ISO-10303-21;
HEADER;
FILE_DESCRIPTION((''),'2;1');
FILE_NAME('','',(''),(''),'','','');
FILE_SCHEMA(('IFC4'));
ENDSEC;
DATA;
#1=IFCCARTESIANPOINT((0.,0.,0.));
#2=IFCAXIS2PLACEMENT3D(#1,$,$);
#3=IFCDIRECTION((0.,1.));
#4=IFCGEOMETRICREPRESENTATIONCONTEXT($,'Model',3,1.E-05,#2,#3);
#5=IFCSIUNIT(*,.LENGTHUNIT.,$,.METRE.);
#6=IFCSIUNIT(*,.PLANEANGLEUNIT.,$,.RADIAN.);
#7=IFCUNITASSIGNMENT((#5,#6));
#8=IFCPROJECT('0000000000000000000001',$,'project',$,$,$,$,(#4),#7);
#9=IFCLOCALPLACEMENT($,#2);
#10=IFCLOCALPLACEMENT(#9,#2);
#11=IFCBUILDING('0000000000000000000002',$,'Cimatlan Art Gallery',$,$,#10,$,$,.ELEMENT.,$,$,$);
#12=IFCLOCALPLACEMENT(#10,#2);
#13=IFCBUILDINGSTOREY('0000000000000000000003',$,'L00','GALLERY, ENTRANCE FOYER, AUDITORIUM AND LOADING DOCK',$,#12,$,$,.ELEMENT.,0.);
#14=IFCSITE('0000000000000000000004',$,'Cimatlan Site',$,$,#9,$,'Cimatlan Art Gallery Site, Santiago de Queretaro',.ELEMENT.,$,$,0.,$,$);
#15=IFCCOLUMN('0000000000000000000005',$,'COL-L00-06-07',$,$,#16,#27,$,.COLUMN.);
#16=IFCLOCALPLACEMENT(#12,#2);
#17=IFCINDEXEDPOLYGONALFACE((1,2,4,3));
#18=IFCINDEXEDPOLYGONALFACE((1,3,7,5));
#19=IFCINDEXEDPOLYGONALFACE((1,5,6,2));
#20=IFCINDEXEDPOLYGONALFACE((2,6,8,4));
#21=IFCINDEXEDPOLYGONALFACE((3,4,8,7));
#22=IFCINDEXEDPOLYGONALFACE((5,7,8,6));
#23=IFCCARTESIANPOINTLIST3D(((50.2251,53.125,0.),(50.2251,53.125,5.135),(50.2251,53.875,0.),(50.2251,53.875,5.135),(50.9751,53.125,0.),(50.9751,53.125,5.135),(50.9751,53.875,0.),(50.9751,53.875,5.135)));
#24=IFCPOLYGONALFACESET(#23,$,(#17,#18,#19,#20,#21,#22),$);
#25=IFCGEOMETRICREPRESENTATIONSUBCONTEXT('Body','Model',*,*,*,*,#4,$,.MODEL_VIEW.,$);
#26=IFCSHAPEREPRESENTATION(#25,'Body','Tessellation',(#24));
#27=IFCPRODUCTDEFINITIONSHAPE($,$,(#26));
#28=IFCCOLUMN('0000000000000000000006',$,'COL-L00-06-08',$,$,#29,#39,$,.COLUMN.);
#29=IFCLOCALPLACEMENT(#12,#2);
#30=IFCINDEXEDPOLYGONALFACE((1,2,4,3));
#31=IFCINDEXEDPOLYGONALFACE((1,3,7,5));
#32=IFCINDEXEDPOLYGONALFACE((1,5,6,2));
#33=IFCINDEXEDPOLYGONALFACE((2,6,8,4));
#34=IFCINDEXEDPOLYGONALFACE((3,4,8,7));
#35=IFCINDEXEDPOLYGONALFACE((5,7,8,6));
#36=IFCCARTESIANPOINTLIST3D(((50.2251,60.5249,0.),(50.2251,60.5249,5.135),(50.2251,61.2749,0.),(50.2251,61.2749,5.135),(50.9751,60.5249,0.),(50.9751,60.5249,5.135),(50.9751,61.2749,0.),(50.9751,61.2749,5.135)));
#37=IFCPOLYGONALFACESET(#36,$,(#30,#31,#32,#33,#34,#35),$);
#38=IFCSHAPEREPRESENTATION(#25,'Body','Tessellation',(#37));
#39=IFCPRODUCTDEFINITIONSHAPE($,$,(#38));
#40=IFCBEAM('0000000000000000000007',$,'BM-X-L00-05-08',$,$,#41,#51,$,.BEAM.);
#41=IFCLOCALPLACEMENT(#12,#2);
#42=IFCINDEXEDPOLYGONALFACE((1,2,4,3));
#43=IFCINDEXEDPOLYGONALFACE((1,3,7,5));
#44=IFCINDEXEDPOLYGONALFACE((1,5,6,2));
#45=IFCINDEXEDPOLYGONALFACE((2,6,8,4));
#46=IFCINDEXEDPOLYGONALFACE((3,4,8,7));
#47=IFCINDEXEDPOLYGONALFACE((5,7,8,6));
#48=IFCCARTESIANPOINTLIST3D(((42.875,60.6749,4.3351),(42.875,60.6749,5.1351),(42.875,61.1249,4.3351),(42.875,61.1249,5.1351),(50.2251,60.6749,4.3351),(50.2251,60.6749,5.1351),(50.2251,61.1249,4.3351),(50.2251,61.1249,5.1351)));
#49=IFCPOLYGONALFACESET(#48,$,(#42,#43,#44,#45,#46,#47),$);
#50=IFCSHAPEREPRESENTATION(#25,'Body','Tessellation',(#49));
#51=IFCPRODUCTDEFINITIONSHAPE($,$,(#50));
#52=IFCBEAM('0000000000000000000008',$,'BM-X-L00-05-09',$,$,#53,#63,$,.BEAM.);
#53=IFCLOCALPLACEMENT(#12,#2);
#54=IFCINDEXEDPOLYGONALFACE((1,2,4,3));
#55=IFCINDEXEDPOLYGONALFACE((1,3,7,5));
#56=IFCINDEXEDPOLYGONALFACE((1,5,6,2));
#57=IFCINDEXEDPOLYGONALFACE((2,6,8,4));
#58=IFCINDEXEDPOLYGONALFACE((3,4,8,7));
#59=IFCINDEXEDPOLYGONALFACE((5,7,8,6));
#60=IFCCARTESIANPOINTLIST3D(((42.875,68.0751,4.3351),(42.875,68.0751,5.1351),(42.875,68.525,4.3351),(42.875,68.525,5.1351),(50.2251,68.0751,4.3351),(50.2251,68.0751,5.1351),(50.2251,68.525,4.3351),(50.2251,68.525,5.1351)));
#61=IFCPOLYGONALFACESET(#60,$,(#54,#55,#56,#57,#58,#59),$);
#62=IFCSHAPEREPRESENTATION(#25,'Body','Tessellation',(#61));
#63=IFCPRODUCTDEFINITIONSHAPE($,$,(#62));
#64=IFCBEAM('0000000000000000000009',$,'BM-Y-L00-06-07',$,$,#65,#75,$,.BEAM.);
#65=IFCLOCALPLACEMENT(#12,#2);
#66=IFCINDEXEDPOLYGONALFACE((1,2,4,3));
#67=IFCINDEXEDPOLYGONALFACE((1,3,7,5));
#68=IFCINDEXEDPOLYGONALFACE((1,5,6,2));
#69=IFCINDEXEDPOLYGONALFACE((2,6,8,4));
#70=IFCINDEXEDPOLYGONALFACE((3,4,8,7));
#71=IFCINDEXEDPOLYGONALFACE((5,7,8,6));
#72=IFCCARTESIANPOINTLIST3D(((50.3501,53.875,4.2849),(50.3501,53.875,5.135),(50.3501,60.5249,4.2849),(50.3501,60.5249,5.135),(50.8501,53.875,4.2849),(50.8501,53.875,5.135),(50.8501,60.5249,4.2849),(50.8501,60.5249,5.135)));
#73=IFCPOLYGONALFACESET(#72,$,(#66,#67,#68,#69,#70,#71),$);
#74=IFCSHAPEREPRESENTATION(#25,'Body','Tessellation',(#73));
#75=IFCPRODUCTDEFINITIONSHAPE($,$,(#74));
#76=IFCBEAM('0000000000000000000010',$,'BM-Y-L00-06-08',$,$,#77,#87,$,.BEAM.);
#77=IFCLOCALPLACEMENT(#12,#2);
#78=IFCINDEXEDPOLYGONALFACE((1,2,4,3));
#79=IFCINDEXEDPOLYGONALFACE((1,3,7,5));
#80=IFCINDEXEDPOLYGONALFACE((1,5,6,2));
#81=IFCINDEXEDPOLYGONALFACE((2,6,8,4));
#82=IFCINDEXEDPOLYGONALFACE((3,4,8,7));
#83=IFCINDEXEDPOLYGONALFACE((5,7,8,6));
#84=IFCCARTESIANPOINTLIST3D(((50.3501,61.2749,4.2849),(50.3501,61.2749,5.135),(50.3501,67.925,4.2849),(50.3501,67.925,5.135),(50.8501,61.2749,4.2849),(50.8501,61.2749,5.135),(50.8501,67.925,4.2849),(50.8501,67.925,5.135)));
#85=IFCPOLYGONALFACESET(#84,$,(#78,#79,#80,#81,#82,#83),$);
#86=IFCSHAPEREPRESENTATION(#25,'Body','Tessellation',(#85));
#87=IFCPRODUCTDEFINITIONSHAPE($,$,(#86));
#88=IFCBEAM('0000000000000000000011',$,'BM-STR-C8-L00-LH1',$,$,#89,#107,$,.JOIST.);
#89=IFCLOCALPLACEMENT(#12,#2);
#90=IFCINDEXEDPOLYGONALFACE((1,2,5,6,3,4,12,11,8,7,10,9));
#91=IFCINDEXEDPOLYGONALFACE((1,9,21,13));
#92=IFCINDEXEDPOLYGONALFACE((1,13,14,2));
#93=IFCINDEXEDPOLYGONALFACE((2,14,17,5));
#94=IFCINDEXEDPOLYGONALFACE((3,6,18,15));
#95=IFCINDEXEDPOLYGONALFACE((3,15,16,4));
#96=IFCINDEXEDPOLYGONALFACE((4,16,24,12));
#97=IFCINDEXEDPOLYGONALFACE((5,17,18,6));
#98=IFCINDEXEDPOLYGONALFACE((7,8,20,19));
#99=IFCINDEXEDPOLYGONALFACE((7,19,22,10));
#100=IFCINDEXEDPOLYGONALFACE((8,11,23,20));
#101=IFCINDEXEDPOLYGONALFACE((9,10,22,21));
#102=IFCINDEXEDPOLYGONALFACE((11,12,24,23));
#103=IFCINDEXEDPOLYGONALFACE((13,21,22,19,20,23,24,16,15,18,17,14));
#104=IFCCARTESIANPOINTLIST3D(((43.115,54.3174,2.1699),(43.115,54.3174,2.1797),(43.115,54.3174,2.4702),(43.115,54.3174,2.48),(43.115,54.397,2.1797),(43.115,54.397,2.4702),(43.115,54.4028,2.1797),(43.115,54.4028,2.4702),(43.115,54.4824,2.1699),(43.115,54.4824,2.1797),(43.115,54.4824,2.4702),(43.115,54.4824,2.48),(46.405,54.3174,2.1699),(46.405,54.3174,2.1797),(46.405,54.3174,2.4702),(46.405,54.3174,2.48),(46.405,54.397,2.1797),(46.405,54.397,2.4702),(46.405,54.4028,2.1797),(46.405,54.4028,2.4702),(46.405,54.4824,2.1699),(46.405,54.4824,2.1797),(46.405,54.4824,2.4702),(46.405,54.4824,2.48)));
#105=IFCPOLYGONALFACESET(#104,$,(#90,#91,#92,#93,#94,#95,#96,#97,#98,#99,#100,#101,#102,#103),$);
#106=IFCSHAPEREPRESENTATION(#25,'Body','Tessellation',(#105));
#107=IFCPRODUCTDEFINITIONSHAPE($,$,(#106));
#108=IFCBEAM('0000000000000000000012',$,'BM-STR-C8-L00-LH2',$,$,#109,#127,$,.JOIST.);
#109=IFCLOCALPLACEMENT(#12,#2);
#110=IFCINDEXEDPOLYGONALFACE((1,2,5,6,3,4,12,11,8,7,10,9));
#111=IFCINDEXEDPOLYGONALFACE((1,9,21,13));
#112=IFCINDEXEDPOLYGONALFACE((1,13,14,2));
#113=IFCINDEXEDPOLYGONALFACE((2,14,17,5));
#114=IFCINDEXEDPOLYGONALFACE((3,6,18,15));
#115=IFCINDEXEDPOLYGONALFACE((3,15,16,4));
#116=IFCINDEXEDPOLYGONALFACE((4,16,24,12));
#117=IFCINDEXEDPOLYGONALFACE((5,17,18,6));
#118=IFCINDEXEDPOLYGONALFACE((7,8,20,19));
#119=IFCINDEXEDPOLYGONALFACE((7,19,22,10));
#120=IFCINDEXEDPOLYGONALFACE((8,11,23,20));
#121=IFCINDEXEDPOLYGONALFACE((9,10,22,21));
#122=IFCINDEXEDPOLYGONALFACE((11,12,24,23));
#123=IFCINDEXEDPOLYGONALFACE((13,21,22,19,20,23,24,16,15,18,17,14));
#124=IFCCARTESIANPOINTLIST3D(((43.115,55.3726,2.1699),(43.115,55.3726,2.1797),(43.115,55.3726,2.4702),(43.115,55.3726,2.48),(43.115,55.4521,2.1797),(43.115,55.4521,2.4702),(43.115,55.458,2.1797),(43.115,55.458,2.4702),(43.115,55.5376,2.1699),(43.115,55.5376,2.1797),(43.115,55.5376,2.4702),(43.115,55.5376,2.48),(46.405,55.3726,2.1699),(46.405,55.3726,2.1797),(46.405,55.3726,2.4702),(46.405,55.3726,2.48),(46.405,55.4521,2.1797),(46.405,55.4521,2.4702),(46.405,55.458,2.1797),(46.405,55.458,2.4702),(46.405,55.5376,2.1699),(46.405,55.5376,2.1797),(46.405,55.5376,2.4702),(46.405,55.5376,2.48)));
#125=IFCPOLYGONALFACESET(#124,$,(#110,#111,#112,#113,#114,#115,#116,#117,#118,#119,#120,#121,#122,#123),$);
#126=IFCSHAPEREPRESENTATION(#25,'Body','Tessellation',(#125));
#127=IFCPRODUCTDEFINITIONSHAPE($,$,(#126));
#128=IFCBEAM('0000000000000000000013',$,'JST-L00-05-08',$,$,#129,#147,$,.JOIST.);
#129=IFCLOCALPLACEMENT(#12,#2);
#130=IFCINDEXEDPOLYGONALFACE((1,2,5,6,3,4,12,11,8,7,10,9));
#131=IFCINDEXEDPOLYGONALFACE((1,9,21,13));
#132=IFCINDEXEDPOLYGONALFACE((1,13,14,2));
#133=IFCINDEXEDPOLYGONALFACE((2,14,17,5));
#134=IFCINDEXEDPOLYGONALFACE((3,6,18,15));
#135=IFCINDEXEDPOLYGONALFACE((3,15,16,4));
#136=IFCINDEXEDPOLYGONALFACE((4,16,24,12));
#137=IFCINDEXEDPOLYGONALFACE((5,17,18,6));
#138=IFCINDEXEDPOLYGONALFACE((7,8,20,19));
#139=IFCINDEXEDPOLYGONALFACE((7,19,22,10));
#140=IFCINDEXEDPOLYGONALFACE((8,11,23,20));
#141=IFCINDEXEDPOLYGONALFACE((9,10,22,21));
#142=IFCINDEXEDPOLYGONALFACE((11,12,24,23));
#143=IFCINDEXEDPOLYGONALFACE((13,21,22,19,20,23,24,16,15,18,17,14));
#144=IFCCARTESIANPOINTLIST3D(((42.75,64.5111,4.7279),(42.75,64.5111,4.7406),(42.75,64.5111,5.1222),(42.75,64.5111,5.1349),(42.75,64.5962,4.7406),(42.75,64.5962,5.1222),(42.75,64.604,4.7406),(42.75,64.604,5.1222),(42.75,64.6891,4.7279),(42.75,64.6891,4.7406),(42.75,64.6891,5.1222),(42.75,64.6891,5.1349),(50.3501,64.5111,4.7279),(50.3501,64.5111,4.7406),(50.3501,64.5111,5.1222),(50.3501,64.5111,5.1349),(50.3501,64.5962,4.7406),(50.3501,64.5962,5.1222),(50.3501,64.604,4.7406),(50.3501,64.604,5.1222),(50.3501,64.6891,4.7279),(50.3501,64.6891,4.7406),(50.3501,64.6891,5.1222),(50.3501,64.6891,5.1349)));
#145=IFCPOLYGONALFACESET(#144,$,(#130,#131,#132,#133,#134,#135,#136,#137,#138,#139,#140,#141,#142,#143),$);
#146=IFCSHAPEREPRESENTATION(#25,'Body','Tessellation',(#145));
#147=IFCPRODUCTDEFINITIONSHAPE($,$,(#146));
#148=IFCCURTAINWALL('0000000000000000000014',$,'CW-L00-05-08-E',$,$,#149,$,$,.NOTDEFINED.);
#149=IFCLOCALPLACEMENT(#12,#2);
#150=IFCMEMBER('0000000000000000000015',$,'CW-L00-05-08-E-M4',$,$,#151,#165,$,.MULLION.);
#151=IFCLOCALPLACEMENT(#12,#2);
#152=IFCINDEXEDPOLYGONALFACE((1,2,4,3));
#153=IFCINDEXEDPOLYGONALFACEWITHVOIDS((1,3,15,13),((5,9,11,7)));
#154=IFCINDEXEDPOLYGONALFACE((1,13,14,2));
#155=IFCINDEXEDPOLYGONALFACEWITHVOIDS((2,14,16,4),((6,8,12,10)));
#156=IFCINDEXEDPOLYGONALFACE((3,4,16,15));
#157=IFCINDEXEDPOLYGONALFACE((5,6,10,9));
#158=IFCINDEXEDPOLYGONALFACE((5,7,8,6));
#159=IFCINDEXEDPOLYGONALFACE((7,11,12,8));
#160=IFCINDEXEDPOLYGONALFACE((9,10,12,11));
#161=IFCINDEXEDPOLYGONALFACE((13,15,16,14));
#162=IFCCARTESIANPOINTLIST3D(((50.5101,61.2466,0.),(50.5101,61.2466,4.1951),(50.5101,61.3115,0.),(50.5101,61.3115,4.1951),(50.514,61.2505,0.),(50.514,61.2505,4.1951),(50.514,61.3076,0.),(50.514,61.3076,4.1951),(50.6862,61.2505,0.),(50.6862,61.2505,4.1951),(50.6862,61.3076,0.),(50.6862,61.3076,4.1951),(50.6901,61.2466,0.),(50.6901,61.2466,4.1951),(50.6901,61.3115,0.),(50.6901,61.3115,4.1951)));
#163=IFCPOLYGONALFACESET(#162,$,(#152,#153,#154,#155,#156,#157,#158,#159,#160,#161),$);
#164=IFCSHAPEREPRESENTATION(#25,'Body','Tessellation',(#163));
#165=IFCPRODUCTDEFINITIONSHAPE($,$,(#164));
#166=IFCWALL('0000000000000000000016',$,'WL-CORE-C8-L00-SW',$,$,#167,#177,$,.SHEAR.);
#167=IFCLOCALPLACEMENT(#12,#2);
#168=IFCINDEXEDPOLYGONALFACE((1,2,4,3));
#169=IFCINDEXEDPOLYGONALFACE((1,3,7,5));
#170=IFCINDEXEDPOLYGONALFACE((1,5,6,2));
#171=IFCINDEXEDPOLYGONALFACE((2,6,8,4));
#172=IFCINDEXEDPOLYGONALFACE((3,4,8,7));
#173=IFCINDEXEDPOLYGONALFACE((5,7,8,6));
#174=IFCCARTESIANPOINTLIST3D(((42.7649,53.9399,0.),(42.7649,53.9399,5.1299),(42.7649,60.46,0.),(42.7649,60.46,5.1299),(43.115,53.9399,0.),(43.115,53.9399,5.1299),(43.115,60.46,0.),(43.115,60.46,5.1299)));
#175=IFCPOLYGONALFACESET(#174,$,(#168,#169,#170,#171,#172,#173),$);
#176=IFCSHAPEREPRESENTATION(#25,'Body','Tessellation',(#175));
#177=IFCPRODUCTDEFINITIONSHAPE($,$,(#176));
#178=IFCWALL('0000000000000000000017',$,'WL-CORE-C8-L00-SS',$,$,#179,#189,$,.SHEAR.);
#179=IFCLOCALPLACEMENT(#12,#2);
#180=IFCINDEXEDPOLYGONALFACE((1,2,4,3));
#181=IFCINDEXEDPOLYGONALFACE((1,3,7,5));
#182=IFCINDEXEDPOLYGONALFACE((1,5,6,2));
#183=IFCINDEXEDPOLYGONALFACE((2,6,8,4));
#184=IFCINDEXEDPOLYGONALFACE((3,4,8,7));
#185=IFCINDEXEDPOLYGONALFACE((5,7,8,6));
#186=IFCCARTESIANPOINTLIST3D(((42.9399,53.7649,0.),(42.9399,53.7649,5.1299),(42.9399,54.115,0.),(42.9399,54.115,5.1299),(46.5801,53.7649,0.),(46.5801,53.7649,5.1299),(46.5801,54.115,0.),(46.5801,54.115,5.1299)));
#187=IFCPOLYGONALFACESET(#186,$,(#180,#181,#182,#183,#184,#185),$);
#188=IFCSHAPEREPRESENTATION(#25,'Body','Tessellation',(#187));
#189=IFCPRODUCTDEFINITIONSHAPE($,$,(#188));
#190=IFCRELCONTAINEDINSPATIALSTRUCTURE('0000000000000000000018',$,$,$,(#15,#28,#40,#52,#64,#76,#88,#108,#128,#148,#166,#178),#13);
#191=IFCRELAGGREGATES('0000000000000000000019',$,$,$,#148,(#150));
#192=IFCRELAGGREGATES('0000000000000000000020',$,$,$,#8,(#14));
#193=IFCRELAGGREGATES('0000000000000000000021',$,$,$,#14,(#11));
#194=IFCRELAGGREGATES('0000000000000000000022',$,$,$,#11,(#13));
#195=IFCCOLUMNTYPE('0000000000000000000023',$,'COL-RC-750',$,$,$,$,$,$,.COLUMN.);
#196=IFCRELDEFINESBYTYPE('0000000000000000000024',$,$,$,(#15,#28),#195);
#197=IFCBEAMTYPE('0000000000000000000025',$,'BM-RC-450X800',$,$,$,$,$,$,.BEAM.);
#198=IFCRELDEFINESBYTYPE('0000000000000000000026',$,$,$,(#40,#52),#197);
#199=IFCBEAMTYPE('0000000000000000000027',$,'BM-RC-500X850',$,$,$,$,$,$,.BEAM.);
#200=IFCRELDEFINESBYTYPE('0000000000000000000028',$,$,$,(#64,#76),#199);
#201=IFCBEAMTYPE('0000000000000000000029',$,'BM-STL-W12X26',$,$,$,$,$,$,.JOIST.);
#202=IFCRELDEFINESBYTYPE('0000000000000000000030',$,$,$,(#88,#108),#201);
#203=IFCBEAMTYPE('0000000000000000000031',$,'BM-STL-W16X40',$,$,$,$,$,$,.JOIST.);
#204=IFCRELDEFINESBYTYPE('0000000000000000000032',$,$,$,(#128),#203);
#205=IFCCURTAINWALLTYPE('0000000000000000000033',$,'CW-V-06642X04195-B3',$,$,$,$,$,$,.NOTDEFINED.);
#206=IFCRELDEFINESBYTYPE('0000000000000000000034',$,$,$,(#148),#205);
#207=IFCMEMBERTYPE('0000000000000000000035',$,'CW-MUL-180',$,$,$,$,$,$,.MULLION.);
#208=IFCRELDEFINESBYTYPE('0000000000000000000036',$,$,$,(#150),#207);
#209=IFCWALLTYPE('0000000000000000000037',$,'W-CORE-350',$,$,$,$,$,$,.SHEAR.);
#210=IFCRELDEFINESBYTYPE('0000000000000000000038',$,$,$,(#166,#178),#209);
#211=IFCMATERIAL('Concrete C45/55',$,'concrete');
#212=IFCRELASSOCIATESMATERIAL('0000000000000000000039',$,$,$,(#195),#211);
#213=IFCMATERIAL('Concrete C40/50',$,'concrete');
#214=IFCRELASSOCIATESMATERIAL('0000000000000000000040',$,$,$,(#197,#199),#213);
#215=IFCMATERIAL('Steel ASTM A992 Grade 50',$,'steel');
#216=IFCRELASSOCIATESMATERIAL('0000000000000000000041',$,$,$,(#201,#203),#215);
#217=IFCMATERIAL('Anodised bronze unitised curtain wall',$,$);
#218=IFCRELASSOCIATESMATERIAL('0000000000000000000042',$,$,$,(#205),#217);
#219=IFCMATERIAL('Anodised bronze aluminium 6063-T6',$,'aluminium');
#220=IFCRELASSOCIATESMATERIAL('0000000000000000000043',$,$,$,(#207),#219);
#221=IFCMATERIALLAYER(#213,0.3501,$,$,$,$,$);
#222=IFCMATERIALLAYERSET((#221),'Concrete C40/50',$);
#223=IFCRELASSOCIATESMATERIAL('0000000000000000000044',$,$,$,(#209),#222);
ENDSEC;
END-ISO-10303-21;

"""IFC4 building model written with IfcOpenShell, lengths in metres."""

from ifc_helpers import new_model, si_unit, direction, frame, frame_2d, origin, origin_2d, place, context, subcontext, project, spatial, rectangle, hollow_rectangle, i_section, extrude, material, layer, layer_set, material_profile, profile_set, type_object, element, aggregate, save


model = new_model("IFC4")

# Units and contexts
model_context = context("Model", 3, precision=1e-05, world=origin(), true_north=direction((0.0, 1.0)))
body_context = subcontext(model_context, "Body", "Model", "MODEL_VIEW")
ifc_project = project(units=[si_unit("LENGTHUNIT", "METRE"), si_unit("PLANEANGLEUNIT", "RADIAN")], contexts=[model_context])

# Site, building, storey
site_placement = place(None, origin())
site = spatial("IfcSite", under=ifc_project, at=site_placement, Name="Cimatlan Site", LongName="Cimatlan Art Gallery Site, Santiago de Queretaro", CompositionType="ELEMENT", RefElevation=0.0)
building_placement = place(site_placement, origin())
building = spatial("IfcBuilding", under=site, at=building_placement, Name="Cimatlan Art Gallery", CompositionType="ELEMENT")
storey_placement = place(building_placement, origin())
storey = spatial("IfcBuildingStorey", under=building, at=storey_placement, Name="L00", Description="GALLERY, ENTRANCE FOYER, AUDITORIUM AND LOADING DOCK", CompositionType="ELEMENT", Elevation=0.0)

# Columns
ifc_material_1 = material(Name="Concrete C45/55", Category="concrete")
ifc_material_profile_1 = material_profile(ifc_material_1, rectangle(XDim=0.75, YDim=0.75, at=origin_2d()), Name="RC750X750")
ifc_profile_set_1 = profile_set([ifc_material_profile_1], Name="Concrete C45/55")
column_type = type_object("IfcColumnType", Name="COL-RC-750", PredefinedType="COLUMN", material=ifc_profile_set_1)
for number, where, z_axis, x_axis, name in (
    (1, (50.6001, 53.5, 0.0), (0.0, 0.0, 1.0), (1.0, 0.0, 0.0), "COL-L00-06-07"),
    (2, (50.6001, 60.8999, 0.0), (0.0, 0.0, 1.0), (1.0, 0.0, 0.0), "COL-L00-06-08"),
):
    element("IfcColumn", number, at=place(storey_placement, frame(where, z_axis=z_axis, x_axis=x_axis)), inside=storey, type_object=column_type, Name=name, PredefinedType="COLUMN", context=body_context, shape_type="SweptSolid", body=[
        extrude(rectangle(XDim=0.75, YDim=0.75, at=origin_2d()), origin(), (0.0, 0.0, 1.0), 5.135),
    ])

# Beams
ifc_material_2 = material(Name="Concrete C40/50", Category="concrete")
ifc_material_profile_2 = material_profile(ifc_material_2, rectangle(XDim=0.45, YDim=0.8, at=origin_2d()), Name="RC450X800")
ifc_profile_set_2 = profile_set([ifc_material_profile_2], Name="Concrete C40/50")
beam_type_1 = type_object("IfcBeamType", Name="BM-RC-450X800", PredefinedType="BEAM", material=ifc_profile_set_2)
for number, where, z_axis, x_axis, name in (
    (3, (42.875, 60.8999, 4.7351), (1.0, 0.0, 0.0), (0.0, 1.0, 0.0), "BM-X-L00-05-08"),
    (4, (42.875, 68.3, 4.7351), (1.0, 0.0, 0.0), (0.0, 1.0, 0.0), "BM-X-L00-05-09"),
):
    element("IfcBeam", number, at=place(storey_placement, frame(where, z_axis=z_axis, x_axis=x_axis)), inside=storey, type_object=beam_type_1, Name=name, PredefinedType="BEAM", context=body_context, shape_type="SweptSolid", body=[
        extrude(rectangle(XDim=0.45, YDim=0.8, at=origin_2d()), origin(), (0.0, 0.0, 1.0), 7.3501),
    ])
ifc_material_profile_3 = material_profile(ifc_material_2, rectangle(XDim=0.5, YDim=0.8501, at=origin_2d()), Name="RC500X850")
ifc_profile_set_3 = profile_set([ifc_material_profile_3], Name="Concrete C40/50")
beam_type_2 = type_object("IfcBeamType", Name="BM-RC-500X850", PredefinedType="BEAM", material=ifc_profile_set_3)
beam_1_placement = place(storey_placement, frame((50.6001, 53.875, 4.71), z_axis=(0.0, 1.0, 0.0), x_axis=(-1.0, 0.0, 0.0)))
element("IfcBeam", 5, at=beam_1_placement, inside=storey, type_object=beam_type_2, Name="BM-Y-L00-06-07", PredefinedType="BEAM", context=body_context, shape_type="SweptSolid", body=[
    extrude(rectangle(XDim=0.5, YDim=0.8501, at=origin_2d()), origin(), (0.0, 0.0, 1.0), 6.6499),
])
beam_2_placement = place(storey_placement, frame((50.6001, 61.2749, 4.71), z_axis=(0.0, 1.0, 0.0), x_axis=(-1.0, 0.0, 0.0)))
element("IfcBeam", 6, at=beam_2_placement, inside=storey, type_object=beam_type_2, Name="BM-Y-L00-06-08", PredefinedType="BEAM", context=body_context, shape_type="SweptSolid", body=[
    extrude(rectangle(XDim=0.5, YDim=0.8501, at=origin_2d()), origin(), (0.0, 0.0, 1.0), 6.6501),
])
ifc_material_3 = material(Name="Steel ASTM A992 Grade 50", Category="steel")
ifc_material_profile_4 = material_profile(ifc_material_3, i_section(OverallWidth=0.165, OverallDepth=0.3101, WebThickness=0.0059, FlangeThickness=0.0098, at=origin_2d()), Name="W12X26")
ifc_profile_set_4 = profile_set([ifc_material_profile_4], Name="Steel ASTM A992 Grade 50")
beam_type_3 = type_object("IfcBeamType", Name="BM-STL-W12X26", PredefinedType="JOIST", material=ifc_profile_set_4)
for number, where, z_axis, x_axis, name in (
    (7, (43.115, 54.3999, 2.325), (1.0, 0.0, 0.0), (0.0, 1.0, 0.0), "BM-STR-C8-L00-LH1"),
    (8, (43.115, 55.4551, 2.325), (1.0, 0.0, 0.0), (0.0, 1.0, 0.0), "BM-STR-C8-L00-LH2"),
):
    element("IfcBeam", number, at=place(storey_placement, frame(where, z_axis=z_axis, x_axis=x_axis)), inside=storey, type_object=beam_type_3, Name=name, PredefinedType="JOIST", context=body_context, shape_type="SweptSolid", body=[
        extrude(i_section(OverallWidth=0.165, OverallDepth=0.3101, WebThickness=0.0059, FlangeThickness=0.0098, at=origin_2d()), origin(), (0.0, 0.0, 1.0), 3.29),
    ])
ifc_material_profile_5 = material_profile(ifc_material_3, i_section(OverallWidth=0.178, OverallDepth=0.407, WebThickness=0.0078, FlangeThickness=0.0127, at=origin_2d()), Name="W16X40")
ifc_profile_set_5 = profile_set([ifc_material_profile_5], Name="Steel ASTM A992 Grade 50")
beam_type_4 = type_object("IfcBeamType", Name="BM-STL-W16X40", PredefinedType="JOIST", material=ifc_profile_set_5)
beam_3_placement = place(storey_placement, frame((42.75, 64.6001, 4.9314), z_axis=(1.0, 0.0, 0.0), x_axis=(0.0, 1.0, 0.0)))
element("IfcBeam", 9, at=beam_3_placement, inside=storey, type_object=beam_type_4, Name="JST-L00-05-08", PredefinedType="JOIST", context=body_context, shape_type="SweptSolid", body=[
    extrude(i_section(OverallWidth=0.178, OverallDepth=0.407, WebThickness=0.0078, FlangeThickness=0.0127, at=origin_2d()), origin(), (0.0, 0.0, 1.0), 7.6001),
])

# Curtain wall, member
ifc_material_4 = material(Name="Anodised bronze unitised curtain wall")
curtain_wall_type = type_object("IfcCurtainWallType", Name="CW-V-06642X04195-B3", PredefinedType="NOTDEFINED", material=ifc_material_4)
curtain_wall_placement = place(storey_placement, origin())
curtain_wall = element("IfcCurtainWall", 10, at=curtain_wall_placement, inside=storey, type_object=curtain_wall_type, Name="CW-L00-05-08-E", PredefinedType="NOTDEFINED")
ifc_material_5 = material(Name="Anodised bronze aluminium 6063-T6", Category="aluminium")
ifc_material_profile_6 = material_profile(ifc_material_5, hollow_rectangle(XDim=0.0649, YDim=0.1799, WallThickness=0.0039, at=origin_2d()), Name="ALU65X180X4")
ifc_profile_set_6 = profile_set([ifc_material_profile_6], Name="Anodised bronze aluminium 6063-T6")
member_type = type_object("IfcMemberType", Name="CW-MUL-180", PredefinedType="MULLION", material=ifc_profile_set_6)
member_placement = place(storey_placement, frame((50.6001, 61.2791, 0.0), z_axis=(0.0, 0.0, 1.0), x_axis=(0.0, 1.0, 0.0)))
member = element("IfcMember", 11, at=member_placement, type_object=member_type, Name="CW-L00-05-08-E-M4", PredefinedType="MULLION", context=body_context, shape_type="SweptSolid", body=[
    extrude(hollow_rectangle(XDim=0.0649, YDim=0.1799, WallThickness=0.0039, at=origin_2d()), origin(), (0.0, 0.0, 1.0), 4.1951),
])
aggregate(curtain_wall, [member])

# Walls
ifc_layer_1 = layer(ifc_material_2, 0.3501)
ifc_layer_set_1 = layer_set([ifc_layer_1], Name="Concrete C40/50")
wall_type_1 = type_object("IfcWallType", Name="W-CORE-350", PredefinedType="SHEAR", material=ifc_layer_set_1)
wall_1_placement = place(storey_placement, frame((42.9399, 53.9399, 0.0), z_axis=(0.0, 0.0, 1.0), x_axis=(0.0, 1.0, 0.0)))
element("IfcWall", 12, at=wall_1_placement, inside=storey, type_object=wall_type_1, Name="WL-CORE-C8-L00-SW", PredefinedType="SHEAR", context=body_context, shape_type="SweptSolid", body=[
    extrude(rectangle(XDim=6.52, YDim=0.3501, at=frame_2d((3.26, 0.0))), origin(), (0.0, 0.0, 1.0), 5.1299),
])
wall_2_placement = place(storey_placement, frame((42.9399, 53.9399, 0.0), z_axis=(0.0, 0.0, 1.0), x_axis=(1.0, 0.0, 0.0)))
element("IfcWall", 13, at=wall_2_placement, inside=storey, type_object=wall_type_1, Name="WL-CORE-C8-L00-SS", PredefinedType="SHEAR", context=body_context, shape_type="SweptSolid", body=[
    extrude(rectangle(XDim=3.6401, YDim=0.3501, at=frame_2d((1.8201, 0.0))), origin(), (0.0, 0.0, 1.0), 5.1299),
])

save(model, "model.ifc")
